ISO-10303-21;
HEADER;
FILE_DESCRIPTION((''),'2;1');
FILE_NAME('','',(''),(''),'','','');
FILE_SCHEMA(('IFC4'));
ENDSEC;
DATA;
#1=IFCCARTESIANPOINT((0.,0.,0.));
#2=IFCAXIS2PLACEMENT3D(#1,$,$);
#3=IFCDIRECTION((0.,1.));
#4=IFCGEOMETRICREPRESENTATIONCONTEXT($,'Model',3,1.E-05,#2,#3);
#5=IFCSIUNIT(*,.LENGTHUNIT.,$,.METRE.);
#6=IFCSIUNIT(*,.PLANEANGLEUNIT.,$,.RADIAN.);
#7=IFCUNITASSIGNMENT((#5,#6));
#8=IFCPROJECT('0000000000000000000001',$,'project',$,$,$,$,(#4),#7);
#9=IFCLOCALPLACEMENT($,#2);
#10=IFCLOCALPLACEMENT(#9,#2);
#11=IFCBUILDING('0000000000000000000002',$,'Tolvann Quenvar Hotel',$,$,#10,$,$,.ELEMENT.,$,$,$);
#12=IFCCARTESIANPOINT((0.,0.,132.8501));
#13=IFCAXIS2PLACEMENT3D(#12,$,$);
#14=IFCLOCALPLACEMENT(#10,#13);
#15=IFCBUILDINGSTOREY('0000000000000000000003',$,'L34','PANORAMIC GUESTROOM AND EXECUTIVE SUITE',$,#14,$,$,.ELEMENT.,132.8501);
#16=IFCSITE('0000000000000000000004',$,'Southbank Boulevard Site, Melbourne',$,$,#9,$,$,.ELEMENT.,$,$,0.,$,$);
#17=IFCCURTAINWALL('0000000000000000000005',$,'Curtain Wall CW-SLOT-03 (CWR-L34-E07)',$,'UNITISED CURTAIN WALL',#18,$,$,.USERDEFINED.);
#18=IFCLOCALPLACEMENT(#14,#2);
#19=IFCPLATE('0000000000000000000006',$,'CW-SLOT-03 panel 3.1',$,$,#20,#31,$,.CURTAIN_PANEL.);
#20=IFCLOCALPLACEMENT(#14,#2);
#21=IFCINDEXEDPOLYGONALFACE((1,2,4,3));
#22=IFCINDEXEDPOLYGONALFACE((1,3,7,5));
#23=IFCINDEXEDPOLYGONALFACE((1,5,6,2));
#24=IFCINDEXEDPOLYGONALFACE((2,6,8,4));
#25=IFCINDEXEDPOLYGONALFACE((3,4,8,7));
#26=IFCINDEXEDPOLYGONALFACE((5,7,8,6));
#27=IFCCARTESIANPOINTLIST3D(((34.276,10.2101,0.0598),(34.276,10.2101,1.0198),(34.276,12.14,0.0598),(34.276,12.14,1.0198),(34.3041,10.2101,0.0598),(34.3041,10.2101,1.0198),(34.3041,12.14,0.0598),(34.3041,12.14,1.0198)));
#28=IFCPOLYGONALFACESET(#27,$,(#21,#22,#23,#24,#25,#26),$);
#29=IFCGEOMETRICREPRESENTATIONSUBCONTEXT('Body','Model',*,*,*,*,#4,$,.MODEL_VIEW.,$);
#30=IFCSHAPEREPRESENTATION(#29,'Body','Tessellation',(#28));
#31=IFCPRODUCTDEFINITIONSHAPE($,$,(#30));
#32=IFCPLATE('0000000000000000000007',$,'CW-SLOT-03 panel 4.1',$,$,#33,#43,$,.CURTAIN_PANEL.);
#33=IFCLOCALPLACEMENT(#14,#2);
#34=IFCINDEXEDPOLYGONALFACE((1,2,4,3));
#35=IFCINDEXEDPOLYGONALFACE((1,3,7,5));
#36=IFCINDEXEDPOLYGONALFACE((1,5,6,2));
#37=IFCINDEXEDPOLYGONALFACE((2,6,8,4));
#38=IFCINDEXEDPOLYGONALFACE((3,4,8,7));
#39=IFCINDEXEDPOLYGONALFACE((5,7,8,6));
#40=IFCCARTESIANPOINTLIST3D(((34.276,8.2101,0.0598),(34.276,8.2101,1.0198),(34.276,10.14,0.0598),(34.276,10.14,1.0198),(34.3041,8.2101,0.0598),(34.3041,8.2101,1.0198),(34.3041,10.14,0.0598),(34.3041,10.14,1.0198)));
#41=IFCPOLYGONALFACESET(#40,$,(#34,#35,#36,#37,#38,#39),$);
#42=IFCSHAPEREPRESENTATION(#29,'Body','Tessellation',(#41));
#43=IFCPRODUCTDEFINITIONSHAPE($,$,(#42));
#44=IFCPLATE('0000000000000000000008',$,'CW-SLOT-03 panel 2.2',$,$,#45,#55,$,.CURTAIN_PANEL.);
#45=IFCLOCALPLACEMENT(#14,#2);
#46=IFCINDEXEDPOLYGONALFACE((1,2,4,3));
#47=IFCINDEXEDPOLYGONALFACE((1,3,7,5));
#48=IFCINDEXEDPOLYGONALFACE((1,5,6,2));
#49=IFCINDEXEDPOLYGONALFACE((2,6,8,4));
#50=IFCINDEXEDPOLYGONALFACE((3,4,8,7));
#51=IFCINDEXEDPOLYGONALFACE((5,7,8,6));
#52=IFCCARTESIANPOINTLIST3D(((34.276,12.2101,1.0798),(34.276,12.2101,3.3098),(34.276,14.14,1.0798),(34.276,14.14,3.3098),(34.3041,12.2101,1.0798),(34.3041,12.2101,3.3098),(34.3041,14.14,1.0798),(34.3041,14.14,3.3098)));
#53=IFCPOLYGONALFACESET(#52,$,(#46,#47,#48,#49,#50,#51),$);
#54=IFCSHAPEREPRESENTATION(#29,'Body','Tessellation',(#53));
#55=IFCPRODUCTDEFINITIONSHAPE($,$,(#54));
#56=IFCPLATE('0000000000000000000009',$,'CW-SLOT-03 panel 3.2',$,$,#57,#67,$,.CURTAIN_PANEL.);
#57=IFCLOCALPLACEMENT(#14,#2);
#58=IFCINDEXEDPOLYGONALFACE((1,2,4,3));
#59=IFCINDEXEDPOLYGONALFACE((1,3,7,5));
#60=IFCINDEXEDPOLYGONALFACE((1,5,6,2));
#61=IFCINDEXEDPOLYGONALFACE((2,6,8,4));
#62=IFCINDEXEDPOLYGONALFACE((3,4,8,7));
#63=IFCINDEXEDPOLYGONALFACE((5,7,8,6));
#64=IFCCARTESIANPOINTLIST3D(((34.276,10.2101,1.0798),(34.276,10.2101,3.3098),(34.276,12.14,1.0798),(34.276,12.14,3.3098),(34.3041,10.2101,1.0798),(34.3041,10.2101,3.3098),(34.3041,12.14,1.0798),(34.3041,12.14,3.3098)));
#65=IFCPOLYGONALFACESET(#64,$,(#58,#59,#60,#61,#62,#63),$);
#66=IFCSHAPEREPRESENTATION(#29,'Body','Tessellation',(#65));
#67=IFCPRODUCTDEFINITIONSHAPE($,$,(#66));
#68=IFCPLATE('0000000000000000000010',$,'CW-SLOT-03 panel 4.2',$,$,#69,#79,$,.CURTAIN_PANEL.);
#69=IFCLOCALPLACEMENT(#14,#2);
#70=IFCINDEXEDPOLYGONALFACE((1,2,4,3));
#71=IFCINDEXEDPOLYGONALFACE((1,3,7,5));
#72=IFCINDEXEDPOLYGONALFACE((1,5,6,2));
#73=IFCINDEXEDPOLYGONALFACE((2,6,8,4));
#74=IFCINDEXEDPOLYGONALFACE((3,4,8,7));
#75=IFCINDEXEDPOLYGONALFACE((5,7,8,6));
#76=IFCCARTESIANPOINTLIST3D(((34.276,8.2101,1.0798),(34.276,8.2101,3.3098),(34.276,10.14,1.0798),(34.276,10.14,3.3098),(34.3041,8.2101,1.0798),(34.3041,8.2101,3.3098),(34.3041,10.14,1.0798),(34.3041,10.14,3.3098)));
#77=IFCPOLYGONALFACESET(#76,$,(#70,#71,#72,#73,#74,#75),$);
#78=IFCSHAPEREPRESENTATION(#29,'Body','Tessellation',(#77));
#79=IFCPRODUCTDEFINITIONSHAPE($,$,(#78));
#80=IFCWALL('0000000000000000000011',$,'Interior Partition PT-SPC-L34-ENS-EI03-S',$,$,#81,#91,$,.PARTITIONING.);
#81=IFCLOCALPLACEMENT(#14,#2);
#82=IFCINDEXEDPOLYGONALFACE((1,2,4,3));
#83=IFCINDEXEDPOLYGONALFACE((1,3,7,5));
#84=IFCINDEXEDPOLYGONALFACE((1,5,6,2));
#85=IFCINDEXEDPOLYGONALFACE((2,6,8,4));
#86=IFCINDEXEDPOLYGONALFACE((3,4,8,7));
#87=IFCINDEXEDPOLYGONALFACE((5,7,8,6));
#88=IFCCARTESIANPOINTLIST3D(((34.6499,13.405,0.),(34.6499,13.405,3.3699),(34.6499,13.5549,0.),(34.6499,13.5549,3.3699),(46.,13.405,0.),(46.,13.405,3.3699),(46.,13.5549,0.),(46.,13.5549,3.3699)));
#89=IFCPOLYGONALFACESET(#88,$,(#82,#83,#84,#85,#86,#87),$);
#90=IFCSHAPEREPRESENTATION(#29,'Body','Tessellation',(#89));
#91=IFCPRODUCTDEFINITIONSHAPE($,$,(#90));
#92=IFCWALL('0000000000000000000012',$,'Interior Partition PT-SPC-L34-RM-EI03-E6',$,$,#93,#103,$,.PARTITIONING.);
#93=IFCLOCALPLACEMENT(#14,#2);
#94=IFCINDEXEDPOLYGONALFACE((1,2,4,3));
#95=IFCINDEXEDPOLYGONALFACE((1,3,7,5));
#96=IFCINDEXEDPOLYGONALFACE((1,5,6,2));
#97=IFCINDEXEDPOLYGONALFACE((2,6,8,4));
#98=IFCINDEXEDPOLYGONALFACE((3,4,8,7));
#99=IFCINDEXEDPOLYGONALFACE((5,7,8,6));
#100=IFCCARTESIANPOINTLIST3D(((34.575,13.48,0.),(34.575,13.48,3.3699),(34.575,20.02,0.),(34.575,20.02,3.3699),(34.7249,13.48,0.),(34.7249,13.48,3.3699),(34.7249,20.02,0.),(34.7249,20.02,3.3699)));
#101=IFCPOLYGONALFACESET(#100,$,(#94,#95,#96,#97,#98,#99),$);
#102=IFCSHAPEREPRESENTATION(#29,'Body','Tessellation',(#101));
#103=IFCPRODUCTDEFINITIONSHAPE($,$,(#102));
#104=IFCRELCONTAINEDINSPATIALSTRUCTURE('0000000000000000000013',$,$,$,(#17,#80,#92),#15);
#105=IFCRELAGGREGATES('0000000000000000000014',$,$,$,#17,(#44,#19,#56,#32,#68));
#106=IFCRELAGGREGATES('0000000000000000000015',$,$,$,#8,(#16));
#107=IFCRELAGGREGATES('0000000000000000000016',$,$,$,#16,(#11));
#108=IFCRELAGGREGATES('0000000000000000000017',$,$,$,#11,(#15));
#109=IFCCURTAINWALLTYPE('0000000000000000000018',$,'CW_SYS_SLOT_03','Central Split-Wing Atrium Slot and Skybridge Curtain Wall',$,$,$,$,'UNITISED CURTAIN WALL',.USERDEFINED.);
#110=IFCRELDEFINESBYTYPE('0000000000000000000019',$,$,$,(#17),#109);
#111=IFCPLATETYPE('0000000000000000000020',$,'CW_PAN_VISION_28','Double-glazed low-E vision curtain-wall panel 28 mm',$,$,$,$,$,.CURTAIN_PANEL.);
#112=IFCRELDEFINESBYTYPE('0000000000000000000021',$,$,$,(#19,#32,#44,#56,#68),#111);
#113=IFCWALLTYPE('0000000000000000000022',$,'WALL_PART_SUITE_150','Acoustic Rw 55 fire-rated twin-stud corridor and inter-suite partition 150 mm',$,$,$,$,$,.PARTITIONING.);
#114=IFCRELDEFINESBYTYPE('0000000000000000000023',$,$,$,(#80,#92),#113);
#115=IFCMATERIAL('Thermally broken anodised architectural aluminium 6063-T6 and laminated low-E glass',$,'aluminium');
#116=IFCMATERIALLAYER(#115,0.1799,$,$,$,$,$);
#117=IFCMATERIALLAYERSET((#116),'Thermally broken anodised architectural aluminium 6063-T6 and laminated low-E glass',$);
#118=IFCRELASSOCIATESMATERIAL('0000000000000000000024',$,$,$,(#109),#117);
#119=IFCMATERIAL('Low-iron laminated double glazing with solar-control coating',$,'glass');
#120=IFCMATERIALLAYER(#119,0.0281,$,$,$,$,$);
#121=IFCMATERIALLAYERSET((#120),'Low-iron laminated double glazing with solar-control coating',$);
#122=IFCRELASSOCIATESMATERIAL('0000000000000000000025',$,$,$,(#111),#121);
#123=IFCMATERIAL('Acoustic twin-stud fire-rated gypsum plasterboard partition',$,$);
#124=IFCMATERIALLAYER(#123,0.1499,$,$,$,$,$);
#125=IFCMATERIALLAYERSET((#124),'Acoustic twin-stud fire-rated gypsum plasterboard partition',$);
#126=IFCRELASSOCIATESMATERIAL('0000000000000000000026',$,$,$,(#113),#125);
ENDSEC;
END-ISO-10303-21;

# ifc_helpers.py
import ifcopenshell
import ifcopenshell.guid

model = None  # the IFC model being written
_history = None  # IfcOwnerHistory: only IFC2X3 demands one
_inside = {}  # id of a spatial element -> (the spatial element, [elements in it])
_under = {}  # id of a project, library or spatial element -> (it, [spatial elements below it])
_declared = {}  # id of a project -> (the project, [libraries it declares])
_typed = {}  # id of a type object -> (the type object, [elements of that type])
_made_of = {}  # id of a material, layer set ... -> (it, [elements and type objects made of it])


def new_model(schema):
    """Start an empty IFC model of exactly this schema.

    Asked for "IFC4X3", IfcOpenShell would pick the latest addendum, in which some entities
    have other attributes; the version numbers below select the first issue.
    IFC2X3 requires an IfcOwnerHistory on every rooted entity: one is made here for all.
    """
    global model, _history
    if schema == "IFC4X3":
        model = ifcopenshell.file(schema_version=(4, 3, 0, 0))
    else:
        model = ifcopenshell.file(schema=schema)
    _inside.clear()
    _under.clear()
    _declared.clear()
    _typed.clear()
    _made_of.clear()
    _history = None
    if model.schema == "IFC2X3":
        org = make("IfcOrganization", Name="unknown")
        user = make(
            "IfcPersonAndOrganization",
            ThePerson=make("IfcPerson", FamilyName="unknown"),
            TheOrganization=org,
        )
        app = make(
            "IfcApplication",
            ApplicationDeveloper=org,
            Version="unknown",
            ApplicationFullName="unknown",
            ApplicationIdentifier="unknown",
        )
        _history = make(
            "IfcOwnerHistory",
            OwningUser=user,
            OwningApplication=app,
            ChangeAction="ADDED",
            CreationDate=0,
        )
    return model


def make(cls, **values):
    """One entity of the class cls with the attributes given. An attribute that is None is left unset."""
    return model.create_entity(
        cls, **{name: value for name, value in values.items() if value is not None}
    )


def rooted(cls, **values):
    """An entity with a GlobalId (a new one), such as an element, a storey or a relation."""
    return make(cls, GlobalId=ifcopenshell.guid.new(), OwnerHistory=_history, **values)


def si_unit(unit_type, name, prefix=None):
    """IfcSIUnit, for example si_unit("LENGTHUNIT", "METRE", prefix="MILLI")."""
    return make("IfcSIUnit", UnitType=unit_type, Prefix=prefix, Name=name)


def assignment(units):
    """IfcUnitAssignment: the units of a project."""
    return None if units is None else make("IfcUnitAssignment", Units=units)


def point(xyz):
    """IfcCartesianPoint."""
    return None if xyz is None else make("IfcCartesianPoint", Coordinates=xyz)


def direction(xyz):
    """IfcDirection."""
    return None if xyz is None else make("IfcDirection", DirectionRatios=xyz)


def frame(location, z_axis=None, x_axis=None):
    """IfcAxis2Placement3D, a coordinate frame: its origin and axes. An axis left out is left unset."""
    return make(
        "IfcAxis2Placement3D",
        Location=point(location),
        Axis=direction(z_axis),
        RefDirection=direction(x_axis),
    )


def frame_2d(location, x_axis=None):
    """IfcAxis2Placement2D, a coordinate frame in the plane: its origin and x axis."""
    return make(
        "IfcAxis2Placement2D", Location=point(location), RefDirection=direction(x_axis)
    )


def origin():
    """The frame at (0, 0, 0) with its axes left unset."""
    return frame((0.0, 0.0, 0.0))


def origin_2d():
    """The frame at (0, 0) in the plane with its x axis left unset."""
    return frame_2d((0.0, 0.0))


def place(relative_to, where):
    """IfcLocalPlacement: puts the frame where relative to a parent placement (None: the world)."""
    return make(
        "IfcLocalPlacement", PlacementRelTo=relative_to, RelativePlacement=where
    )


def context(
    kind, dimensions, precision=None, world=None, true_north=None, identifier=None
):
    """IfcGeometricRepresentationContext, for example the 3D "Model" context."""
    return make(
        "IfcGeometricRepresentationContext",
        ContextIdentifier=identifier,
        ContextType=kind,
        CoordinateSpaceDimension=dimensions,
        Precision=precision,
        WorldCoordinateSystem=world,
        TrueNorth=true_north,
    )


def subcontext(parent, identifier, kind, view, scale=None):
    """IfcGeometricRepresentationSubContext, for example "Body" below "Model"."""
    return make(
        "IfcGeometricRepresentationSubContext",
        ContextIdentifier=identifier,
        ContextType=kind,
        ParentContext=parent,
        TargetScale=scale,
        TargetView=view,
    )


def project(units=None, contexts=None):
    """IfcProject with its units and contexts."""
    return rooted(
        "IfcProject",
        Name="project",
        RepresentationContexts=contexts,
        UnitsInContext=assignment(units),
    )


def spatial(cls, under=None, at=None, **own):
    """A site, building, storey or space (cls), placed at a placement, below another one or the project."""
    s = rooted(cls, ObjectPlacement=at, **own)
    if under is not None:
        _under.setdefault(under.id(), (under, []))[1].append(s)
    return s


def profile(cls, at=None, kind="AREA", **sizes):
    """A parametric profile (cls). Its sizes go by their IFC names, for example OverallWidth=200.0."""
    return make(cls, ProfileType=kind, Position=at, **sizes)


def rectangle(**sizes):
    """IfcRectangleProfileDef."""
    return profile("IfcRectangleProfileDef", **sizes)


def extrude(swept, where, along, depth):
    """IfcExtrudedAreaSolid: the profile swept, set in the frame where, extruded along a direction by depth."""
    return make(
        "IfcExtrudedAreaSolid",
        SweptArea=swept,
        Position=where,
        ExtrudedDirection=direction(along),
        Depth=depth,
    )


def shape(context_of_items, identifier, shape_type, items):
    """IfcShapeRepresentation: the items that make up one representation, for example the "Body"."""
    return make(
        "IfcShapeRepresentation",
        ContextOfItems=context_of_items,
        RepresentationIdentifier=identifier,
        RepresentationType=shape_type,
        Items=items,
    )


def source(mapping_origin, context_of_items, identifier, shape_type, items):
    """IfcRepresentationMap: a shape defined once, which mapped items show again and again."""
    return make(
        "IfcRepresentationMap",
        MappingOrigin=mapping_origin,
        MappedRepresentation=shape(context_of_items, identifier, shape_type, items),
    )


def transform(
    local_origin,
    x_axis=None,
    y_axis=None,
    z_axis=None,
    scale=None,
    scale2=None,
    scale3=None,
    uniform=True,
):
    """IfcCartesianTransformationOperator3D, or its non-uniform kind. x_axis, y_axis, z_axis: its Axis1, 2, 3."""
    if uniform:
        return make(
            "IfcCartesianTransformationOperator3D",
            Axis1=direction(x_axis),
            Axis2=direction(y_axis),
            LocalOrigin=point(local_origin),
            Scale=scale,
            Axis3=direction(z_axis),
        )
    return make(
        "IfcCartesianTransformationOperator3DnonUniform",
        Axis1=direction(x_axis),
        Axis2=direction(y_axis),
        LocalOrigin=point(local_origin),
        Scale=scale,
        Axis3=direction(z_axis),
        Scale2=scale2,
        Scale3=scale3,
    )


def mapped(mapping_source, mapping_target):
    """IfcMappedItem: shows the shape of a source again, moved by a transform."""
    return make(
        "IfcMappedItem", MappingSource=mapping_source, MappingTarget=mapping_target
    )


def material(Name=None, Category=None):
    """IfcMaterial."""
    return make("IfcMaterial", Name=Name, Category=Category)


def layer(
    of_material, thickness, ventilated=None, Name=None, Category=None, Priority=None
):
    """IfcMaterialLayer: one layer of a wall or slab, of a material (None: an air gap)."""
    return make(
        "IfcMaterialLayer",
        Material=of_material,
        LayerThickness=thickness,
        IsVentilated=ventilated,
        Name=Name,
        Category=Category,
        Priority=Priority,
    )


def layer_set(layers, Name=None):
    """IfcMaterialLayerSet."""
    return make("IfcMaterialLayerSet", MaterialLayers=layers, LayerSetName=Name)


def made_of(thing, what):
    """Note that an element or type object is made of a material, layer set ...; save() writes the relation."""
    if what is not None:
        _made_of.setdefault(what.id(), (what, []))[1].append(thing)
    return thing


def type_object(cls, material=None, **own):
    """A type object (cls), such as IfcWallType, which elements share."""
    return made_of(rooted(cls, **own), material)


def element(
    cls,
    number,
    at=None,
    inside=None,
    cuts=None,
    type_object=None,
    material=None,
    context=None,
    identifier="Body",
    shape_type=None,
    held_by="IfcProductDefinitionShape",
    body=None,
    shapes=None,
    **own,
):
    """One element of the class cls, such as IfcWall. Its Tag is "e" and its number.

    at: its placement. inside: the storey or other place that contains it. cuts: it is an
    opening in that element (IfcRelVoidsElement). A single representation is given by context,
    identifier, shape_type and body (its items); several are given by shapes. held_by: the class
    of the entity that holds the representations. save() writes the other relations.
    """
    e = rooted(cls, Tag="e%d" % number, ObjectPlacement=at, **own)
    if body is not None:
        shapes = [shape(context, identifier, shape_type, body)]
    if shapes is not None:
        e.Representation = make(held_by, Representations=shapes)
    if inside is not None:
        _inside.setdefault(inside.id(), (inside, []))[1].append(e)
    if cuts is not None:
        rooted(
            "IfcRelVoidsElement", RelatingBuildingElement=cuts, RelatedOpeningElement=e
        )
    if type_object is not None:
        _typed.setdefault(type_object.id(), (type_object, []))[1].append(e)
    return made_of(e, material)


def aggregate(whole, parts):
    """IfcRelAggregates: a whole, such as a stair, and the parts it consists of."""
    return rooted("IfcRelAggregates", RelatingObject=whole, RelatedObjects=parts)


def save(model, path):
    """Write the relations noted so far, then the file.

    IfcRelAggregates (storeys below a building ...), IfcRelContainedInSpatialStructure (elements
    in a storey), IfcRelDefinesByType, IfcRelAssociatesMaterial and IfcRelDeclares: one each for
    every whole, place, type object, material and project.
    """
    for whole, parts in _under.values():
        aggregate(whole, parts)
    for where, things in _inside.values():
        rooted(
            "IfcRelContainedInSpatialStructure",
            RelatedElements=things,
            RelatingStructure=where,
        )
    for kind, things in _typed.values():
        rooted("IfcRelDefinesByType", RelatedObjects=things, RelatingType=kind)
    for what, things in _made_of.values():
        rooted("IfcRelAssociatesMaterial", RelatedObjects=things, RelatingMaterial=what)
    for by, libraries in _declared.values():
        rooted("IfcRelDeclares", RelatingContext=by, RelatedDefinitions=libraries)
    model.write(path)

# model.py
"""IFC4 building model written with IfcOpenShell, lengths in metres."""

from ifc_helpers import new_model, si_unit, direction, frame, frame_2d, origin, origin_2d, place, context, subcontext, project, spatial, rectangle, extrude, source, transform, mapped, material, layer, layer_set, type_object, element, aggregate, save


model = new_model("IFC4")

# Units and contexts
model_context = context("Model", 3, precision=1e-05, world=origin(), true_north=direction((0.0, 1.0)))
body_context = subcontext(model_context, "Body", "Model", "MODEL_VIEW")
ifc_project = project(units=[si_unit("LENGTHUNIT", "METRE"), si_unit("PLANEANGLEUNIT", "RADIAN")], contexts=[model_context])

# Site, building, storey
site_placement = place(None, origin())
site = spatial("IfcSite", under=ifc_project, at=site_placement, Name="Southbank Boulevard Site, Melbourne", CompositionType="ELEMENT", RefElevation=0.0)
building_placement = place(site_placement, origin())
building = spatial("IfcBuilding", under=site, at=building_placement, Name="Tolvann Quenvar Hotel", CompositionType="ELEMENT")
storey_placement = place(building_placement, frame((0.0, 0.0, 132.8501)))
storey = spatial("IfcBuildingStorey", under=building, at=storey_placement, Name="L34", Description="PANORAMIC GUESTROOM AND EXECUTIVE SUITE", CompositionType="ELEMENT", Elevation=132.8501)

# Curtain wall
ifc_material_1 = material(Name="Thermally broken anodised architectural aluminium 6063-T6 and laminated low-E glass", Category="aluminium")
ifc_layer_1 = layer(ifc_material_1, 0.1799)
ifc_layer_set_1 = layer_set([ifc_layer_1], Name="Thermally broken anodised architectural aluminium 6063-T6 and laminated low-E glass")
curtain_wall_type = type_object("IfcCurtainWallType", Name="CW_SYS_SLOT_03", Description="Central Split-Wing Atrium Slot and Skybridge Curtain Wall", ElementType="UNITISED CURTAIN WALL", PredefinedType="USERDEFINED", material=ifc_layer_set_1)
curtain_wall_1_placement = place(storey_placement, origin())
curtain_wall_1 = element("IfcCurtainWall", 1, at=curtain_wall_1_placement, inside=storey, type_object=curtain_wall_type, Name="Curtain Wall CW-SLOT-03 (CWR-L34-E07)", ObjectType="UNITISED CURTAIN WALL", PredefinedType="USERDEFINED")

# Plates
ifc_material_2 = material(Name="Low-iron laminated double glazing with solar-control coating", Category="glass")
ifc_layer_2 = layer(ifc_material_2, 0.0281)
ifc_layer_set_2 = layer_set([ifc_layer_2], Name="Low-iron laminated double glazing with solar-control coating")
plate_type = type_object("IfcPlateType", Name="CW_PAN_VISION_28", Description="Double-glazed low-E vision curtain-wall panel 28 mm", PredefinedType="CURTAIN_PANEL", material=ifc_layer_set_2)
shared_shape_1 = source(origin(), body_context, "Body", "SweptSolid", [
    extrude(rectangle(XDim=1.9299, YDim=0.0281, at=origin_2d()), origin(), (0.0, 0.0, 1.0), 0.96),
])
plate_1_placement = place(storey_placement, frame((34.29, 11.175, 0.0598), z_axis=(0.0, 0.0, 1.0), x_axis=(0.0, -1.0, 0.0)))
plate_1 = element("IfcPlate", 2, at=plate_1_placement, type_object=plate_type, Name="CW-SLOT-03 panel 3.1", PredefinedType="CURTAIN_PANEL", context=body_context, shape_type="MappedRepresentation", body=[
    mapped(shared_shape_1, transform((0.0, 0.0, 0.0), x_axis=(1.0, 0.0, 0.0), y_axis=(0.0, 1.0, 0.0), z_axis=(0.0, 0.0, 1.0), scale=1.0)),
])
plate_2_placement = place(storey_placement, frame((34.29, 9.175, 0.0598), z_axis=(0.0, 0.0, 1.0), x_axis=(0.0, -1.0, 0.0)))
plate_2 = element("IfcPlate", 3, at=plate_2_placement, type_object=plate_type, Name="CW-SLOT-03 panel 4.1", PredefinedType="CURTAIN_PANEL", context=body_context, shape_type="MappedRepresentation", body=[
    mapped(shared_shape_1, transform((0.0, 0.0, 0.0), x_axis=(1.0, 0.0, 0.0), y_axis=(0.0, 1.0, 0.0), z_axis=(0.0, 0.0, 1.0), scale=1.0)),
])
shared_shape_2 = source(origin(), body_context, "Body", "SweptSolid", [
    extrude(rectangle(XDim=1.9299, YDim=0.0281, at=origin_2d()), origin(), (0.0, 0.0, 1.0), 2.23),
])
plate_3_placement = place(storey_placement, frame((34.29, 13.175, 1.0798), z_axis=(0.0, 0.0, 1.0), x_axis=(0.0, -1.0, 0.0)))
plate_3 = element("IfcPlate", 4, at=plate_3_placement, type_object=plate_type, Name="CW-SLOT-03 panel 2.2", PredefinedType="CURTAIN_PANEL", context=body_context, shape_type="MappedRepresentation", body=[
    mapped(shared_shape_2, transform((0.0, 0.0, 0.0), x_axis=(1.0, 0.0, 0.0), y_axis=(0.0, 1.0, 0.0), z_axis=(0.0, 0.0, 1.0), scale=1.0)),
])
plate_4_placement = place(storey_placement, frame((34.29, 11.175, 1.0798), z_axis=(0.0, 0.0, 1.0), x_axis=(0.0, -1.0, 0.0)))
plate_4 = element("IfcPlate", 5, at=plate_4_placement, type_object=plate_type, Name="CW-SLOT-03 panel 3.2", PredefinedType="CURTAIN_PANEL", context=body_context, shape_type="MappedRepresentation", body=[
    mapped(shared_shape_2, transform((0.0, 0.0, 0.0), x_axis=(1.0, 0.0, 0.0), y_axis=(0.0, 1.0, 0.0), z_axis=(0.0, 0.0, 1.0), scale=1.0)),
])
plate_5_placement = place(storey_placement, frame((34.29, 9.175, 1.0798), z_axis=(0.0, 0.0, 1.0), x_axis=(0.0, -1.0, 0.0)))
plate_5 = element("IfcPlate", 6, at=plate_5_placement, type_object=plate_type, Name="CW-SLOT-03 panel 4.2", PredefinedType="CURTAIN_PANEL", context=body_context, shape_type="MappedRepresentation", body=[
    mapped(shared_shape_2, transform((0.0, 0.0, 0.0), x_axis=(1.0, 0.0, 0.0), y_axis=(0.0, 1.0, 0.0), z_axis=(0.0, 0.0, 1.0), scale=1.0)),
])
aggregate(curtain_wall_1, [plate_3, plate_1, plate_4, plate_2, plate_5])

# Walls
ifc_material_3 = material(Name="Acoustic twin-stud fire-rated gypsum plasterboard partition")
ifc_layer_3 = layer(ifc_material_3, 0.1499)
ifc_layer_set_3 = layer_set([ifc_layer_3], Name="Acoustic twin-stud fire-rated gypsum plasterboard partition")
wall_type = type_object("IfcWallType", Name="WALL_PART_SUITE_150", Description="Acoustic Rw 55 fire-rated twin-stud corridor and inter-suite partition 150 mm", PredefinedType="PARTITIONING", material=ifc_layer_set_3)
wall_1_placement = place(storey_placement, frame((34.6499, 13.48, 0.0), z_axis=(0.0, 0.0, 1.0), x_axis=(1.0, 0.0, 0.0)))
element("IfcWall", 7, at=wall_1_placement, inside=storey, type_object=wall_type, Name="Interior Partition PT-SPC-L34-ENS-EI03-S", PredefinedType="PARTITIONING", context=body_context, shape_type="SweptSolid", body=[
    extrude(rectangle(XDim=11.3501, YDim=0.1499, at=frame_2d((5.675, 0.0))), origin(), (0.0, 0.0, 1.0), 3.3699),
])
wall_2_placement = place(storey_placement, frame((34.6499, 13.48, 0.0), z_axis=(0.0, 0.0, 1.0), x_axis=(0.0, 1.0, 0.0)))
element("IfcWall", 8, at=wall_2_placement, inside=storey, type_object=wall_type, Name="Interior Partition PT-SPC-L34-RM-EI03-E6", PredefinedType="PARTITIONING", context=body_context, shape_type="SweptSolid", body=[
    extrude(rectangle(XDim=6.54, YDim=0.1499, at=frame_2d((3.27, 0.0))), origin(), (0.0, 0.0, 1.0), 3.3699),
])

save(model, "model.ifc")
